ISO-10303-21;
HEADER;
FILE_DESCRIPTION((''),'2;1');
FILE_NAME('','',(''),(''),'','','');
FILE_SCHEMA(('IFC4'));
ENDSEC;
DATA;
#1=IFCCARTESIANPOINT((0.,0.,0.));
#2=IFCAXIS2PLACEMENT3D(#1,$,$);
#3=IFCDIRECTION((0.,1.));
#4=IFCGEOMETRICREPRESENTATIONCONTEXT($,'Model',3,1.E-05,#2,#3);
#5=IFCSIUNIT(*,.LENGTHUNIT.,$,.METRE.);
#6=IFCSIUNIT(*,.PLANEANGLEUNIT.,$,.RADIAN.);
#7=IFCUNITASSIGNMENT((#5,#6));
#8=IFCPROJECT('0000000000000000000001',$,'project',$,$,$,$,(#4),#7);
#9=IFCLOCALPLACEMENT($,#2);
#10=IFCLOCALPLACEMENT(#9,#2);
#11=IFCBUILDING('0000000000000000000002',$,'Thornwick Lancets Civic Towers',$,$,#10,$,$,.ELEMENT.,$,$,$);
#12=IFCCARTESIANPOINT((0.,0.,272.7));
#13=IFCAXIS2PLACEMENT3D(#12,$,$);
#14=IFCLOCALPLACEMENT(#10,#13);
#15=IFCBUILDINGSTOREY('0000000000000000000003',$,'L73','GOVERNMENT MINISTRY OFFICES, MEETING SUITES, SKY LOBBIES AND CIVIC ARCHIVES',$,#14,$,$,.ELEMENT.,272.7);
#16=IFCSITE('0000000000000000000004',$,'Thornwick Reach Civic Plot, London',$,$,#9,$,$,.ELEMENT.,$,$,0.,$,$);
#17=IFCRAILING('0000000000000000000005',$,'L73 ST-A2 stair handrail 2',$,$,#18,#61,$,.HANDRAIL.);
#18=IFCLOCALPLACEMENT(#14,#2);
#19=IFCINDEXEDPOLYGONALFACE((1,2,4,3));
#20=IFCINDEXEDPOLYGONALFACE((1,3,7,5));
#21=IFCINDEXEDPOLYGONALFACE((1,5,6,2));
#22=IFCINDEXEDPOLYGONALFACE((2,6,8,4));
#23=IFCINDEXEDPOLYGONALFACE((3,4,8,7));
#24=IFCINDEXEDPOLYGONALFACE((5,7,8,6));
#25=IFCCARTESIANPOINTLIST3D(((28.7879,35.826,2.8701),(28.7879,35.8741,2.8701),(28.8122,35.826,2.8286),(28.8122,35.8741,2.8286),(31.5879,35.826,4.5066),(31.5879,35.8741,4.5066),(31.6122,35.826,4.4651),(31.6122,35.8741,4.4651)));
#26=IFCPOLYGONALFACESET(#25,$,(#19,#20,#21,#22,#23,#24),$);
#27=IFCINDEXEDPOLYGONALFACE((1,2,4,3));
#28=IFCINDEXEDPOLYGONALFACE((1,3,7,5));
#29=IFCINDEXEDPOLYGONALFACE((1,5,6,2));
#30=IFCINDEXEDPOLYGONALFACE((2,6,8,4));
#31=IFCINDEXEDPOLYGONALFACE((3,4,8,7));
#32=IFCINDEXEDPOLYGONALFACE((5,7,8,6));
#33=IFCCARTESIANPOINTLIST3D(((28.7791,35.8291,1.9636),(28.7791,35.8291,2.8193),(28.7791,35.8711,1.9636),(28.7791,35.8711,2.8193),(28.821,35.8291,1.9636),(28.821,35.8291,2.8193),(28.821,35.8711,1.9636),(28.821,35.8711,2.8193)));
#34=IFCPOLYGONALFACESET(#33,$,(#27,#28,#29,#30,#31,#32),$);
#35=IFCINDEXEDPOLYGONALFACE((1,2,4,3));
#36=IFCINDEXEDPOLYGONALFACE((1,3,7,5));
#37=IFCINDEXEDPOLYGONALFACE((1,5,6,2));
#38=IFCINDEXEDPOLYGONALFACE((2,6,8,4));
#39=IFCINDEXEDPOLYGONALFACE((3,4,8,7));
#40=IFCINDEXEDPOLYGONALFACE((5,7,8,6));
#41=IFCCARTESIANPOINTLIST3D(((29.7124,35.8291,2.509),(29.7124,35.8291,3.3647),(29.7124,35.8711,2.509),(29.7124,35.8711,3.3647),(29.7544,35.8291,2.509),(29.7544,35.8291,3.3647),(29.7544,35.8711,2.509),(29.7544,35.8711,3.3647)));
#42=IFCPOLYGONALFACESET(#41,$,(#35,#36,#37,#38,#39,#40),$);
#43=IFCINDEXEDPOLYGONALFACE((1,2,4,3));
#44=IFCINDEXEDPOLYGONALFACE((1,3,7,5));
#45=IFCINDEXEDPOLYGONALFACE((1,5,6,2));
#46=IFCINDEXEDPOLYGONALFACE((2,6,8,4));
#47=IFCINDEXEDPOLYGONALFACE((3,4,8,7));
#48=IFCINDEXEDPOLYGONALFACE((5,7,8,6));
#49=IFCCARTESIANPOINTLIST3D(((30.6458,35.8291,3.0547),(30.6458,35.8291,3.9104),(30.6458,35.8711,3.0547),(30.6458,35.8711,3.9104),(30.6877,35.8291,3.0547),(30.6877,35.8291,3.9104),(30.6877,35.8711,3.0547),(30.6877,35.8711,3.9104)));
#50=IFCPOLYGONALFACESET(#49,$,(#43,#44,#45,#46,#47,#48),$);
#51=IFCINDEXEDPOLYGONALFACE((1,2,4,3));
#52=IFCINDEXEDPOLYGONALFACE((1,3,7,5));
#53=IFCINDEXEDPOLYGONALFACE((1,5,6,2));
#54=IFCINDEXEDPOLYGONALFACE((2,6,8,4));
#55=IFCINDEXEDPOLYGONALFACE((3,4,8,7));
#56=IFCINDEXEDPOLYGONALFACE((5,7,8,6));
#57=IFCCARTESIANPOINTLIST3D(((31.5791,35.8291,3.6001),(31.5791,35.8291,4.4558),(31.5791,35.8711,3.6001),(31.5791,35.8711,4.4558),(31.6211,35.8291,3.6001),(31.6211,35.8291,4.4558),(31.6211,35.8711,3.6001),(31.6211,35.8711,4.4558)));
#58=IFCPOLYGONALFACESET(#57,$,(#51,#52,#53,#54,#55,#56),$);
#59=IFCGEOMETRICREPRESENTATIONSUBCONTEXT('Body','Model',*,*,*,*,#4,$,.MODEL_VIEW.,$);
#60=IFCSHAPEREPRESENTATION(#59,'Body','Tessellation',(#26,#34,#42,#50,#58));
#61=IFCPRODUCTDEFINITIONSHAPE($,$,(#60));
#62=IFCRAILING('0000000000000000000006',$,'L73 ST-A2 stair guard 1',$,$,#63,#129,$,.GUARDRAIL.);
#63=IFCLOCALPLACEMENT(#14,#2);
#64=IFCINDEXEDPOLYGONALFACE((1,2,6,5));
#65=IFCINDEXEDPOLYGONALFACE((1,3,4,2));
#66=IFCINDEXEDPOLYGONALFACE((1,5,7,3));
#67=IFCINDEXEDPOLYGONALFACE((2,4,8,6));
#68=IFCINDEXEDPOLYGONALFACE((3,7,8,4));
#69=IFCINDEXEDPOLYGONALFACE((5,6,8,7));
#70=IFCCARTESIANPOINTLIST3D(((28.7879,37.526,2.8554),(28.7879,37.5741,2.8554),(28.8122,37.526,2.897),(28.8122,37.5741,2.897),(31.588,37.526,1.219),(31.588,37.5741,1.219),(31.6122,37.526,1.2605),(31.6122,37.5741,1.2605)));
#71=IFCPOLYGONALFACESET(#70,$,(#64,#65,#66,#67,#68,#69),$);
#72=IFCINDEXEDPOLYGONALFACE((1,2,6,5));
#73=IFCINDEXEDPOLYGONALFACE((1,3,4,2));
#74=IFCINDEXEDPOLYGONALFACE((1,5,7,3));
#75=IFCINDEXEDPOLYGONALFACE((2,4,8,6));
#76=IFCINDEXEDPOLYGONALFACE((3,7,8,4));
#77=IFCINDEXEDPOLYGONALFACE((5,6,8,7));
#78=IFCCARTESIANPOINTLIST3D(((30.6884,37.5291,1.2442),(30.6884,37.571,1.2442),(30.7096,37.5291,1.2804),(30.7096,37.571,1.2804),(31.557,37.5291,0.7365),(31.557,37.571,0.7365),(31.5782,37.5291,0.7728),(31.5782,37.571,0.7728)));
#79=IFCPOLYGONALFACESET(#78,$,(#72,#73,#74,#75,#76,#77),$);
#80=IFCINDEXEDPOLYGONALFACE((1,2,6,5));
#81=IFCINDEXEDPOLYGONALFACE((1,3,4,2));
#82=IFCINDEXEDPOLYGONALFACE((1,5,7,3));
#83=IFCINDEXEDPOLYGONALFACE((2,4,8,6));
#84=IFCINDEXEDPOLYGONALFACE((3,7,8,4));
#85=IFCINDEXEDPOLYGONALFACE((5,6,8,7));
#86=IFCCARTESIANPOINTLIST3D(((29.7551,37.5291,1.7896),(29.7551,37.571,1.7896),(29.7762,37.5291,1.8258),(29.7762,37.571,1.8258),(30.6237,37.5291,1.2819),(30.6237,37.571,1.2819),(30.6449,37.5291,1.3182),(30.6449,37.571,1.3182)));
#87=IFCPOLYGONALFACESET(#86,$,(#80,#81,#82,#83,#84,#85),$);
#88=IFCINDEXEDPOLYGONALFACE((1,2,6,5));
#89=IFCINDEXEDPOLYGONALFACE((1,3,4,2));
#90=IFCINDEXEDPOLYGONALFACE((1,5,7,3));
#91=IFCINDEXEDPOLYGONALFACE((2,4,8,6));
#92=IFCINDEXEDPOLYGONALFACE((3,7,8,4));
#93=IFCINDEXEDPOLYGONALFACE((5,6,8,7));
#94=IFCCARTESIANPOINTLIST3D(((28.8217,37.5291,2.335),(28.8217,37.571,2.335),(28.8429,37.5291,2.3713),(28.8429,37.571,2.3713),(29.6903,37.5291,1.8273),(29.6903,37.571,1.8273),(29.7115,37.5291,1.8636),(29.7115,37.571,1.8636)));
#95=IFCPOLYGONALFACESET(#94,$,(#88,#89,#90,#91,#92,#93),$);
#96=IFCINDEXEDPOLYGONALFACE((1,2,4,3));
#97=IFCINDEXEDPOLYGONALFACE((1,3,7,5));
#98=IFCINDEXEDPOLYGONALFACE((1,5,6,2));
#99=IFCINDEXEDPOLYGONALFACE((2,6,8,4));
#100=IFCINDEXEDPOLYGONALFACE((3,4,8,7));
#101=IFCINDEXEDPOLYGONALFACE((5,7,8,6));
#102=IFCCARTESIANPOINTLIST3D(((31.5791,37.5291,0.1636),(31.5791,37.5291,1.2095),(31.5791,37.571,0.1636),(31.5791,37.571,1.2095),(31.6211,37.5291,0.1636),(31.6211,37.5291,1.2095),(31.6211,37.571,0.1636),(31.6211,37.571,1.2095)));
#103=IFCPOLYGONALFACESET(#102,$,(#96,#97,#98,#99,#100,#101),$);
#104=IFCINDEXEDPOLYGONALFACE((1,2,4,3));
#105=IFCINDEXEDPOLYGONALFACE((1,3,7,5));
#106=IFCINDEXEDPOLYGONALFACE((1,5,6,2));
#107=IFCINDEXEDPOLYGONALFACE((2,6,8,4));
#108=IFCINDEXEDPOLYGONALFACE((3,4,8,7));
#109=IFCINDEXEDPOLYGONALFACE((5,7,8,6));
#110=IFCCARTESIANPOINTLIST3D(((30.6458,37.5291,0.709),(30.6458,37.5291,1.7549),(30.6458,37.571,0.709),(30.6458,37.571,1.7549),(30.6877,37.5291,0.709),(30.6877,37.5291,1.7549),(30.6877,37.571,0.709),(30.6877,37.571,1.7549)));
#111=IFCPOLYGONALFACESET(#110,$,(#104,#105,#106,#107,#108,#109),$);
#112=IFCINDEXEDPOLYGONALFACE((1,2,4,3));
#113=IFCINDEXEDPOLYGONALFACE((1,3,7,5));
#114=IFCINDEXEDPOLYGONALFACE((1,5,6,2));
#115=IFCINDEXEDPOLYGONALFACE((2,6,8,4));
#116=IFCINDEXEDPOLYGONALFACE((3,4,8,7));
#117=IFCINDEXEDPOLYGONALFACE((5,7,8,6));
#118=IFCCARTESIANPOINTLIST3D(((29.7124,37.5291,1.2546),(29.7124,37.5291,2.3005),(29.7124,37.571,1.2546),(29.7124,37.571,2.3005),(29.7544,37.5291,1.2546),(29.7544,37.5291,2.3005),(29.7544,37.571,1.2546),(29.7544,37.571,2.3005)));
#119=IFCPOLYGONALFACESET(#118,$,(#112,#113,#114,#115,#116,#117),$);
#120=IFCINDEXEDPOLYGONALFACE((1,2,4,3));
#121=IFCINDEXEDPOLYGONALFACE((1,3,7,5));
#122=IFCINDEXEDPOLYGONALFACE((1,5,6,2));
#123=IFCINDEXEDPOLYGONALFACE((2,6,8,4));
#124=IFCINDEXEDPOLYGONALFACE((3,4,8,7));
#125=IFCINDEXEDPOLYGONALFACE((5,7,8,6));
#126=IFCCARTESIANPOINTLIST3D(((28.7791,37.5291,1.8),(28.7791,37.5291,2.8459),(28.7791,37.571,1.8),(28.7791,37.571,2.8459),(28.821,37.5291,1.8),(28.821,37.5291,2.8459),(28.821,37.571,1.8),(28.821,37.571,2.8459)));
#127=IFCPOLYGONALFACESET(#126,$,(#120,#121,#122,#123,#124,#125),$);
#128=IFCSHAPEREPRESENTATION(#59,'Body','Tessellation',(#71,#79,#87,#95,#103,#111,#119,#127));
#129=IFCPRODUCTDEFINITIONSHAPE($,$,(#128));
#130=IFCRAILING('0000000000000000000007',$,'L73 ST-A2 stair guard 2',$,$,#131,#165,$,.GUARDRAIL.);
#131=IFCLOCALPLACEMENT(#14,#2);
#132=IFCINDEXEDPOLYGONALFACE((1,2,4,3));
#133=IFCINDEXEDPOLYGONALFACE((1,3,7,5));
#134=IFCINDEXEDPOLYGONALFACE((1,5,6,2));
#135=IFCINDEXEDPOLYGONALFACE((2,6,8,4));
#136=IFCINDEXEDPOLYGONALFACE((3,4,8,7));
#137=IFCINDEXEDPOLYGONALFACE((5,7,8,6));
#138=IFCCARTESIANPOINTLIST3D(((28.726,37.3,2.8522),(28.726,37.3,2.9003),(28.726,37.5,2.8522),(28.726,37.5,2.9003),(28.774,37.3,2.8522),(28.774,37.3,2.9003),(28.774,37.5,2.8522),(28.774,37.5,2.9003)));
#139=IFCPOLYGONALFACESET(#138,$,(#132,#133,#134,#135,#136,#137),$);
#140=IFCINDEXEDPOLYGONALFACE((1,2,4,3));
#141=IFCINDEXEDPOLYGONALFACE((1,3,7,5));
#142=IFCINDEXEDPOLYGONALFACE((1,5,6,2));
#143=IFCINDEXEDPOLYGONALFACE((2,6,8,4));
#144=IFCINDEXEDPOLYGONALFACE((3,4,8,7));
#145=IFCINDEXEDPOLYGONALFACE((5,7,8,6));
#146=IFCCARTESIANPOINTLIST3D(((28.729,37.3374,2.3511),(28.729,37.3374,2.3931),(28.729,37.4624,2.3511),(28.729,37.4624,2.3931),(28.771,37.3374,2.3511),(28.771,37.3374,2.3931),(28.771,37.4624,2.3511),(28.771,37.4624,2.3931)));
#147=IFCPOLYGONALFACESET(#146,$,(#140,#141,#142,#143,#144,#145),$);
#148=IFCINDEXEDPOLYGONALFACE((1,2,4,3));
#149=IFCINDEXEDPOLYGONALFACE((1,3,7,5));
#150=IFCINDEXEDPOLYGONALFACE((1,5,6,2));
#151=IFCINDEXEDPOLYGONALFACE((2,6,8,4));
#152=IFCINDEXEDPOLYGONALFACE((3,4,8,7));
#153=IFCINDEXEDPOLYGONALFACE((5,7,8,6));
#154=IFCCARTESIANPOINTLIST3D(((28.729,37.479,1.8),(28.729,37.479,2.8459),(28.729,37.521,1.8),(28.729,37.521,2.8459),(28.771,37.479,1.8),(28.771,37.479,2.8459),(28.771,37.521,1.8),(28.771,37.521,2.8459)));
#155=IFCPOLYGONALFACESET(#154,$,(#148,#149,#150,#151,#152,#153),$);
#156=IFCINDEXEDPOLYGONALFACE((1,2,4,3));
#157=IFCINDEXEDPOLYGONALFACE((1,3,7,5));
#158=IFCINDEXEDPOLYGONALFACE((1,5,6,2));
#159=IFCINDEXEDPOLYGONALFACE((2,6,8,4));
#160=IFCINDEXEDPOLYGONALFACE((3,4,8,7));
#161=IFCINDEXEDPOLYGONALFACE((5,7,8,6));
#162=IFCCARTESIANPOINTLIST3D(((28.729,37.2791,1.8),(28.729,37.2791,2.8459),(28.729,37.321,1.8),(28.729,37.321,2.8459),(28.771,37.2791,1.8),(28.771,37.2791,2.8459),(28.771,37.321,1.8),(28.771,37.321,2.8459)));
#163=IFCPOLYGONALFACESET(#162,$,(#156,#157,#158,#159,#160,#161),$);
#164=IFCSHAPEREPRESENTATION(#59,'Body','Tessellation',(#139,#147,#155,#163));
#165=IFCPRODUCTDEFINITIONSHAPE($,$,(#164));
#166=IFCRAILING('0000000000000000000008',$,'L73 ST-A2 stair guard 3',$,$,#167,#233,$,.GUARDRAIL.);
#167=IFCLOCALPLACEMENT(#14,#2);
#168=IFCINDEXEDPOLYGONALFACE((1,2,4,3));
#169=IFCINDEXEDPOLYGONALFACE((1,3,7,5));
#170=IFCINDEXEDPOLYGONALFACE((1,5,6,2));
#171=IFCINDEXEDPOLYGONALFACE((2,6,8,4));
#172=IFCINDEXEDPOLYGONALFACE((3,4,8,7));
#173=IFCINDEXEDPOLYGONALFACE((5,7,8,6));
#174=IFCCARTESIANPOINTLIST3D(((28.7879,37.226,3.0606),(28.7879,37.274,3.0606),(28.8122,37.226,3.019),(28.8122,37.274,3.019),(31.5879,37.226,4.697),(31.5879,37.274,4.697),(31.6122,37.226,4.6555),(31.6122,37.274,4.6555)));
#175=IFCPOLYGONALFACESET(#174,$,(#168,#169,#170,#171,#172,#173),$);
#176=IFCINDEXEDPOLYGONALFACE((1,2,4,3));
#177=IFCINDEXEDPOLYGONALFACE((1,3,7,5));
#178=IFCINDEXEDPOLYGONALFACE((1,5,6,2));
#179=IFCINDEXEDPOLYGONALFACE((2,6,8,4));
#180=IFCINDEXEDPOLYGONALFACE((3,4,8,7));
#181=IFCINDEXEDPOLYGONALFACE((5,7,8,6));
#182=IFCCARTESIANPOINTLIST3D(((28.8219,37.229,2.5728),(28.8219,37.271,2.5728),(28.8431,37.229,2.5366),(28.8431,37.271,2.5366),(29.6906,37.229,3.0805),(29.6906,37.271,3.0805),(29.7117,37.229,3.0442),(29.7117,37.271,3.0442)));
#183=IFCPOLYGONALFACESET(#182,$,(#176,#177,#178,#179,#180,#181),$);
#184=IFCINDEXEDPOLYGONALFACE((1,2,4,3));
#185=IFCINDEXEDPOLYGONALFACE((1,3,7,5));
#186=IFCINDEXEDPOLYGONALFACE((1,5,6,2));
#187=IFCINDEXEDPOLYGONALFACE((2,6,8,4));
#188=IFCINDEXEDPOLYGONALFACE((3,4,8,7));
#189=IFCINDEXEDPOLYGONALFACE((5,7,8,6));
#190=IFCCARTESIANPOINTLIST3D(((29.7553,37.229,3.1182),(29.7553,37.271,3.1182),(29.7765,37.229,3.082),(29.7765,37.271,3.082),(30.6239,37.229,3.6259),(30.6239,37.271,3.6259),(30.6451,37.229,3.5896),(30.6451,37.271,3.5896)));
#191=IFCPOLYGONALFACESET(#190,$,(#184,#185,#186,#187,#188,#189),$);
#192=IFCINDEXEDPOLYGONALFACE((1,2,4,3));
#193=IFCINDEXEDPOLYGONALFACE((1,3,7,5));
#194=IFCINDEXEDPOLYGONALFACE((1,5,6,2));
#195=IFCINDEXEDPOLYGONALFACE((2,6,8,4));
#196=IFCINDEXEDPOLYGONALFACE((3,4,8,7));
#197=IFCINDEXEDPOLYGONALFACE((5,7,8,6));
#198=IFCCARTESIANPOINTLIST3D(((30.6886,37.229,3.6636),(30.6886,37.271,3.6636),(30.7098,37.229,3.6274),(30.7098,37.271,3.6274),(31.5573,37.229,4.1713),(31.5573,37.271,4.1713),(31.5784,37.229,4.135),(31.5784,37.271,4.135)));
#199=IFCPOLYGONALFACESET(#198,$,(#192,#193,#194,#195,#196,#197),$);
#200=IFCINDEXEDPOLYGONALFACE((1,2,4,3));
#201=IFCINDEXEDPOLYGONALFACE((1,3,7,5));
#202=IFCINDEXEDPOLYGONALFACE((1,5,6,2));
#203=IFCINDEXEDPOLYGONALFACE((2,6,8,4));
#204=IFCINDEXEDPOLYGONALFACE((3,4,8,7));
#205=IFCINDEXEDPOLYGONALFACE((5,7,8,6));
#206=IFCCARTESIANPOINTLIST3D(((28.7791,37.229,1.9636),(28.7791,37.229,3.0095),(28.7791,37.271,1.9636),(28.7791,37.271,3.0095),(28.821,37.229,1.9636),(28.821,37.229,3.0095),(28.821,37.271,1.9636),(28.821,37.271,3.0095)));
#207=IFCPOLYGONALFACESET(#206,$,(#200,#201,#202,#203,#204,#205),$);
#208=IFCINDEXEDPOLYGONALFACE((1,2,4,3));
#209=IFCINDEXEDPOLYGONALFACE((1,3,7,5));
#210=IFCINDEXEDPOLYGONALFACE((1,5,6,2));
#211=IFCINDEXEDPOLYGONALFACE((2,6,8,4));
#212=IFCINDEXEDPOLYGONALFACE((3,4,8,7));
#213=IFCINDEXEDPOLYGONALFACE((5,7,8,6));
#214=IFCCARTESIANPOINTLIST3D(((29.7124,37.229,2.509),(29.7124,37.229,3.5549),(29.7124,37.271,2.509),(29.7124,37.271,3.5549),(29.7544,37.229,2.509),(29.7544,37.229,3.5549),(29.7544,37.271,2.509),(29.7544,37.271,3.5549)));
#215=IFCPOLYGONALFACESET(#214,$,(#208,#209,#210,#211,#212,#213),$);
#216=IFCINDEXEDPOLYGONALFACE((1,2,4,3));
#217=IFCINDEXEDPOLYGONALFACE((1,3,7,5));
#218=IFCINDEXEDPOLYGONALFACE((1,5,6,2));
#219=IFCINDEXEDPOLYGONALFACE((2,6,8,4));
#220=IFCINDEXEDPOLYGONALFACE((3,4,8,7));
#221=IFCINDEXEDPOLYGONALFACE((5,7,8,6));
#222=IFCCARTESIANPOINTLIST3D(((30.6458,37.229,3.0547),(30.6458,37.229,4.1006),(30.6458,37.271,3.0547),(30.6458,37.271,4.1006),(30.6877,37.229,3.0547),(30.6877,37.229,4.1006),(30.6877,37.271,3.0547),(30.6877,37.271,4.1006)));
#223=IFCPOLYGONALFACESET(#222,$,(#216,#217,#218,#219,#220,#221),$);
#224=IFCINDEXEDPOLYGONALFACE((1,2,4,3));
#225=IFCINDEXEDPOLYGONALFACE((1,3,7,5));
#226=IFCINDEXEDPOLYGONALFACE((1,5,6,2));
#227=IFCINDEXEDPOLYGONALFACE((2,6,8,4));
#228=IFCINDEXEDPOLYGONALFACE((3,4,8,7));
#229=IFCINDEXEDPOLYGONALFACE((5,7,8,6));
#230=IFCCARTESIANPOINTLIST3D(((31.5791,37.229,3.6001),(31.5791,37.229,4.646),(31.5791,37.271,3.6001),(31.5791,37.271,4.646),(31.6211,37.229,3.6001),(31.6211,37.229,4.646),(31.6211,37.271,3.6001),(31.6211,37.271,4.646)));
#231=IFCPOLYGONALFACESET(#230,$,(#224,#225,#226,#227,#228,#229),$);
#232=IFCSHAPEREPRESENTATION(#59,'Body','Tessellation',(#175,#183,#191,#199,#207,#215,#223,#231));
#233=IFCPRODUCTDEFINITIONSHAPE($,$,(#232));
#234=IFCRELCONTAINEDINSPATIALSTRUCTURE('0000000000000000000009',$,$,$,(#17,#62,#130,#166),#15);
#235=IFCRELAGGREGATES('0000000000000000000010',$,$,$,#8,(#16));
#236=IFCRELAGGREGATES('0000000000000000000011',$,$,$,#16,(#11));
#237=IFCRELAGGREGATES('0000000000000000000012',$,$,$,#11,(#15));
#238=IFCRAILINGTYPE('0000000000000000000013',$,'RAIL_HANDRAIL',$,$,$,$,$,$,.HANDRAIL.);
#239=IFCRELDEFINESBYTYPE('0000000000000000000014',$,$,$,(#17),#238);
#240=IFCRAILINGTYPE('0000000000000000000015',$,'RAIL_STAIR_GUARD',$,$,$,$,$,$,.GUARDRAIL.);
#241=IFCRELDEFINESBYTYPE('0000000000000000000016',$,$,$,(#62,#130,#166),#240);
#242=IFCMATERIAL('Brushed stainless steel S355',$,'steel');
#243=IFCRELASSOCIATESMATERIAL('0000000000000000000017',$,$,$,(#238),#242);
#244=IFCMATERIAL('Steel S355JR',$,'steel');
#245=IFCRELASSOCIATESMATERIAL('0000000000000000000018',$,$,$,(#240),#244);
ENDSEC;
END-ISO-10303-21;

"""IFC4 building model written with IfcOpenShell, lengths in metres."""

from ifc_helpers import new_model, si_unit, direction, frame, origin, origin_2d, place, context, subcontext, project, spatial, rectangle, extrude, material, type_object, element, save


model = new_model("IFC4")

# Units and contexts
model_context = context("Model", 3, precision=1e-05, world=origin(), true_north=direction((0.0, 1.0)))
body_context = subcontext(model_context, "Body", "Model", "MODEL_VIEW")
ifc_project = project(units=[si_unit("LENGTHUNIT", "METRE"), si_unit("PLANEANGLEUNIT", "RADIAN")], contexts=[model_context])

# Site, building, storey
site_placement = place(None, origin())
site = spatial("IfcSite", under=ifc_project, at=site_placement, Name="Thornwick Reach Civic Plot, London", CompositionType="ELEMENT", RefElevation=0.0)
building_placement = place(site_placement, origin())
building = spatial("IfcBuilding", under=site, at=building_placement, Name="Thornwick Lancets Civic Towers", CompositionType="ELEMENT")
storey_placement = place(building_placement, frame((0.0, 0.0, 272.7)))
storey = spatial("IfcBuildingStorey", under=building, at=storey_placement, Name="L73", Description="GOVERNMENT MINISTRY OFFICES, MEETING SUITES, SKY LOBBIES AND CIVIC ARCHIVES", CompositionType="ELEMENT", Elevation=272.7)

# Shared definitions
ifc_material_1 = material(Name="Steel S355JR", Category="steel")

# Railings
ifc_material_2 = material(Name="Brushed stainless steel S355", Category="steel")
railing_type_1 = type_object("IfcRailingType", Name="RAIL_HANDRAIL", PredefinedType="HANDRAIL", material=ifc_material_2)
railing_1_placement = place(storey_placement, frame((28.8, 35.8501, 1.9636)))
element("IfcRailing", 1, at=railing_1_placement, inside=storey, type_object=railing_type_1, Name="L73 ST-A2 stair handrail 2", PredefinedType="HANDRAIL", context=body_context, shape_type="SweptSolid", body=[
    extrude(rectangle(XDim=0.0481, YDim=0.0481, at=origin_2d()), frame((0.0, 0.0, 0.8857), z_axis=(0.863361, 0.0, 0.504587), x_axis=(0.0, 1.0, 0.0)), (0.0, 0.0, 1.0), 3.2432),
    extrude(rectangle(XDim=0.042, YDim=0.042, at=origin_2d()), origin(), (0.0, 0.0, 1.0), 0.8557),
    extrude(rectangle(XDim=0.042, YDim=0.042, at=origin_2d()), frame((0.9333, 0.0, 0.5454)), (0.0, 0.0, 1.0), 0.8557),
    extrude(rectangle(XDim=0.042, YDim=0.042, at=origin_2d()), frame((1.8667, 0.0, 1.0911)), (0.0, 0.0, 1.0), 0.8557),
    extrude(rectangle(XDim=0.042, YDim=0.042, at=origin_2d()), frame((2.8, 0.0, 1.6365)), (0.0, 0.0, 1.0), 0.8557),
])
railing_type_2 = type_object("IfcRailingType", Name="RAIL_STAIR_GUARD", PredefinedType="GUARDRAIL", material=ifc_material_1)
railing_2_placement = place(storey_placement, frame((31.6001, 37.55, 0.1636)))
element("IfcRailing", 2, at=railing_2_placement, inside=storey, type_object=railing_type_2, Name="L73 ST-A2 stair guard 1", PredefinedType="GUARDRAIL", context=body_context, shape_type="SweptSolid", body=[
    extrude(rectangle(XDim=0.0481, YDim=0.0481, at=origin_2d()), frame((0.0, 0.0, 1.0762), z_axis=(-0.863361, 0.0, 0.504587), x_axis=(0.0, -1.0, 0.0)), (0.0, 0.0, 1.0), 3.2432),
    extrude(rectangle(XDim=0.042, YDim=0.042, at=origin_2d()), frame((-0.0325, 0.0, 0.5911), z_axis=(-0.863361, 0.0, 0.504587), x_axis=(0.0, -1.0, 0.0)), (0.0, 0.0, 1.0), 1.0061),
    extrude(rectangle(XDim=0.042, YDim=0.042, at=origin_2d()), frame((-0.9658, 0.0, 1.1365), z_axis=(-0.863361, 0.0, 0.504587), x_axis=(0.0, -1.0, 0.0)), (0.0, 0.0, 1.0), 1.0061),
    extrude(rectangle(XDim=0.042, YDim=0.042, at=origin_2d()), frame((-1.8992, 0.0, 1.6819), z_axis=(-0.863361, 0.0, 0.504587), x_axis=(0.0, -1.0, 0.0)), (0.0, 0.0, 1.0), 1.0061),
    extrude(rectangle(XDim=0.042, YDim=0.042, at=origin_2d()), origin(), (0.0, 0.0, 1.0), 1.0459),
    extrude(rectangle(XDim=0.042, YDim=0.042, at=origin_2d()), frame((-0.9333, 0.0, 0.5454)), (0.0, 0.0, 1.0), 1.0459),
    extrude(rectangle(XDim=0.042, YDim=0.042, at=origin_2d()), frame((-1.8667, 0.0, 1.0911)), (0.0, 0.0, 1.0), 1.0459),
    extrude(rectangle(XDim=0.042, YDim=0.042, at=origin_2d()), frame((-2.8, 0.0, 1.6365)), (0.0, 0.0, 1.0), 1.0459),
])
railing_3_placement = place(storey_placement, frame((28.75, 37.5, 1.8)))
element("IfcRailing", 3, at=railing_3_placement, inside=storey, type_object=railing_type_2, Name="L73 ST-A2 stair guard 2", PredefinedType="GUARDRAIL", context=body_context, shape_type="SweptSolid", body=[
    extrude(rectangle(XDim=0.0481, YDim=0.0481, at=origin_2d()), frame((0.0, 0.0, 1.0762), z_axis=(0.0, -1.0, 0.0), x_axis=(1.0, 0.0, 0.0)), (0.0, 0.0, 1.0), 0.2),
    extrude(rectangle(XDim=0.042, YDim=0.042, at=origin_2d()), frame((0.0, -0.0376, 0.572), z_axis=(0.0, -1.0, 0.0), x_axis=(1.0, 0.0, 0.0)), (0.0, 0.0, 1.0), 0.125),
    extrude(rectangle(XDim=0.042, YDim=0.042, at=origin_2d()), origin(), (0.0, 0.0, 1.0), 1.0459),
    extrude(rectangle(XDim=0.042, YDim=0.042, at=origin_2d()), frame((0.0, -0.2, 0.0)), (0.0, 0.0, 1.0), 1.0459),
])
railing_4_placement = place(storey_placement, frame((28.8, 37.25, 1.9636)))
element("IfcRailing", 4, at=railing_4_placement, inside=storey, type_object=railing_type_2, Name="L73 ST-A2 stair guard 3", PredefinedType="GUARDRAIL", context=body_context, shape_type="SweptSolid", body=[
    extrude(rectangle(XDim=0.0481, YDim=0.0481, at=origin_2d()), frame((0.0, 0.0, 1.0762), z_axis=(0.863361, 0.0, 0.504587), x_axis=(0.0, 1.0, 0.0)), (0.0, 0.0, 1.0), 3.2432),
    extrude(rectangle(XDim=0.042, YDim=0.042, at=origin_2d()), frame((0.0325, 0.0, 0.5911), z_axis=(0.863361, 0.0, 0.504587), x_axis=(0.0, 1.0, 0.0)), (0.0, 0.0, 1.0), 1.0061),
    extrude(rectangle(XDim=0.042, YDim=0.042, at=origin_2d()), frame((0.9658, 0.0, 1.1365), z_axis=(0.863361, 0.0, 0.504587), x_axis=(0.0, 1.0, 0.0)), (0.0, 0.0, 1.0), 1.0061),
    extrude(rectangle(XDim=0.042, YDim=0.042, at=origin_2d()), frame((1.8992, 0.0, 1.6819), z_axis=(0.863361, 0.0, 0.504587), x_axis=(0.0, 1.0, 0.0)), (0.0, 0.0, 1.0), 1.0061),
    extrude(rectangle(XDim=0.042, YDim=0.042, at=origin_2d()), origin(), (0.0, 0.0, 1.0), 1.0459),
    extrude(rectangle(XDim=0.042, YDim=0.042, at=origin_2d()), frame((0.9333, 0.0, 0.5454)), (0.0, 0.0, 1.0), 1.0459),
    extrude(rectangle(XDim=0.042, YDim=0.042, at=origin_2d()), frame((1.8667, 0.0, 1.0911)), (0.0, 0.0, 1.0), 1.0459),
    extrude(rectangle(XDim=0.042, YDim=0.042, at=origin_2d()), frame((2.8, 0.0, 1.6365)), (0.0, 0.0, 1.0), 1.0459),
])

save(model, "model.ifc")
